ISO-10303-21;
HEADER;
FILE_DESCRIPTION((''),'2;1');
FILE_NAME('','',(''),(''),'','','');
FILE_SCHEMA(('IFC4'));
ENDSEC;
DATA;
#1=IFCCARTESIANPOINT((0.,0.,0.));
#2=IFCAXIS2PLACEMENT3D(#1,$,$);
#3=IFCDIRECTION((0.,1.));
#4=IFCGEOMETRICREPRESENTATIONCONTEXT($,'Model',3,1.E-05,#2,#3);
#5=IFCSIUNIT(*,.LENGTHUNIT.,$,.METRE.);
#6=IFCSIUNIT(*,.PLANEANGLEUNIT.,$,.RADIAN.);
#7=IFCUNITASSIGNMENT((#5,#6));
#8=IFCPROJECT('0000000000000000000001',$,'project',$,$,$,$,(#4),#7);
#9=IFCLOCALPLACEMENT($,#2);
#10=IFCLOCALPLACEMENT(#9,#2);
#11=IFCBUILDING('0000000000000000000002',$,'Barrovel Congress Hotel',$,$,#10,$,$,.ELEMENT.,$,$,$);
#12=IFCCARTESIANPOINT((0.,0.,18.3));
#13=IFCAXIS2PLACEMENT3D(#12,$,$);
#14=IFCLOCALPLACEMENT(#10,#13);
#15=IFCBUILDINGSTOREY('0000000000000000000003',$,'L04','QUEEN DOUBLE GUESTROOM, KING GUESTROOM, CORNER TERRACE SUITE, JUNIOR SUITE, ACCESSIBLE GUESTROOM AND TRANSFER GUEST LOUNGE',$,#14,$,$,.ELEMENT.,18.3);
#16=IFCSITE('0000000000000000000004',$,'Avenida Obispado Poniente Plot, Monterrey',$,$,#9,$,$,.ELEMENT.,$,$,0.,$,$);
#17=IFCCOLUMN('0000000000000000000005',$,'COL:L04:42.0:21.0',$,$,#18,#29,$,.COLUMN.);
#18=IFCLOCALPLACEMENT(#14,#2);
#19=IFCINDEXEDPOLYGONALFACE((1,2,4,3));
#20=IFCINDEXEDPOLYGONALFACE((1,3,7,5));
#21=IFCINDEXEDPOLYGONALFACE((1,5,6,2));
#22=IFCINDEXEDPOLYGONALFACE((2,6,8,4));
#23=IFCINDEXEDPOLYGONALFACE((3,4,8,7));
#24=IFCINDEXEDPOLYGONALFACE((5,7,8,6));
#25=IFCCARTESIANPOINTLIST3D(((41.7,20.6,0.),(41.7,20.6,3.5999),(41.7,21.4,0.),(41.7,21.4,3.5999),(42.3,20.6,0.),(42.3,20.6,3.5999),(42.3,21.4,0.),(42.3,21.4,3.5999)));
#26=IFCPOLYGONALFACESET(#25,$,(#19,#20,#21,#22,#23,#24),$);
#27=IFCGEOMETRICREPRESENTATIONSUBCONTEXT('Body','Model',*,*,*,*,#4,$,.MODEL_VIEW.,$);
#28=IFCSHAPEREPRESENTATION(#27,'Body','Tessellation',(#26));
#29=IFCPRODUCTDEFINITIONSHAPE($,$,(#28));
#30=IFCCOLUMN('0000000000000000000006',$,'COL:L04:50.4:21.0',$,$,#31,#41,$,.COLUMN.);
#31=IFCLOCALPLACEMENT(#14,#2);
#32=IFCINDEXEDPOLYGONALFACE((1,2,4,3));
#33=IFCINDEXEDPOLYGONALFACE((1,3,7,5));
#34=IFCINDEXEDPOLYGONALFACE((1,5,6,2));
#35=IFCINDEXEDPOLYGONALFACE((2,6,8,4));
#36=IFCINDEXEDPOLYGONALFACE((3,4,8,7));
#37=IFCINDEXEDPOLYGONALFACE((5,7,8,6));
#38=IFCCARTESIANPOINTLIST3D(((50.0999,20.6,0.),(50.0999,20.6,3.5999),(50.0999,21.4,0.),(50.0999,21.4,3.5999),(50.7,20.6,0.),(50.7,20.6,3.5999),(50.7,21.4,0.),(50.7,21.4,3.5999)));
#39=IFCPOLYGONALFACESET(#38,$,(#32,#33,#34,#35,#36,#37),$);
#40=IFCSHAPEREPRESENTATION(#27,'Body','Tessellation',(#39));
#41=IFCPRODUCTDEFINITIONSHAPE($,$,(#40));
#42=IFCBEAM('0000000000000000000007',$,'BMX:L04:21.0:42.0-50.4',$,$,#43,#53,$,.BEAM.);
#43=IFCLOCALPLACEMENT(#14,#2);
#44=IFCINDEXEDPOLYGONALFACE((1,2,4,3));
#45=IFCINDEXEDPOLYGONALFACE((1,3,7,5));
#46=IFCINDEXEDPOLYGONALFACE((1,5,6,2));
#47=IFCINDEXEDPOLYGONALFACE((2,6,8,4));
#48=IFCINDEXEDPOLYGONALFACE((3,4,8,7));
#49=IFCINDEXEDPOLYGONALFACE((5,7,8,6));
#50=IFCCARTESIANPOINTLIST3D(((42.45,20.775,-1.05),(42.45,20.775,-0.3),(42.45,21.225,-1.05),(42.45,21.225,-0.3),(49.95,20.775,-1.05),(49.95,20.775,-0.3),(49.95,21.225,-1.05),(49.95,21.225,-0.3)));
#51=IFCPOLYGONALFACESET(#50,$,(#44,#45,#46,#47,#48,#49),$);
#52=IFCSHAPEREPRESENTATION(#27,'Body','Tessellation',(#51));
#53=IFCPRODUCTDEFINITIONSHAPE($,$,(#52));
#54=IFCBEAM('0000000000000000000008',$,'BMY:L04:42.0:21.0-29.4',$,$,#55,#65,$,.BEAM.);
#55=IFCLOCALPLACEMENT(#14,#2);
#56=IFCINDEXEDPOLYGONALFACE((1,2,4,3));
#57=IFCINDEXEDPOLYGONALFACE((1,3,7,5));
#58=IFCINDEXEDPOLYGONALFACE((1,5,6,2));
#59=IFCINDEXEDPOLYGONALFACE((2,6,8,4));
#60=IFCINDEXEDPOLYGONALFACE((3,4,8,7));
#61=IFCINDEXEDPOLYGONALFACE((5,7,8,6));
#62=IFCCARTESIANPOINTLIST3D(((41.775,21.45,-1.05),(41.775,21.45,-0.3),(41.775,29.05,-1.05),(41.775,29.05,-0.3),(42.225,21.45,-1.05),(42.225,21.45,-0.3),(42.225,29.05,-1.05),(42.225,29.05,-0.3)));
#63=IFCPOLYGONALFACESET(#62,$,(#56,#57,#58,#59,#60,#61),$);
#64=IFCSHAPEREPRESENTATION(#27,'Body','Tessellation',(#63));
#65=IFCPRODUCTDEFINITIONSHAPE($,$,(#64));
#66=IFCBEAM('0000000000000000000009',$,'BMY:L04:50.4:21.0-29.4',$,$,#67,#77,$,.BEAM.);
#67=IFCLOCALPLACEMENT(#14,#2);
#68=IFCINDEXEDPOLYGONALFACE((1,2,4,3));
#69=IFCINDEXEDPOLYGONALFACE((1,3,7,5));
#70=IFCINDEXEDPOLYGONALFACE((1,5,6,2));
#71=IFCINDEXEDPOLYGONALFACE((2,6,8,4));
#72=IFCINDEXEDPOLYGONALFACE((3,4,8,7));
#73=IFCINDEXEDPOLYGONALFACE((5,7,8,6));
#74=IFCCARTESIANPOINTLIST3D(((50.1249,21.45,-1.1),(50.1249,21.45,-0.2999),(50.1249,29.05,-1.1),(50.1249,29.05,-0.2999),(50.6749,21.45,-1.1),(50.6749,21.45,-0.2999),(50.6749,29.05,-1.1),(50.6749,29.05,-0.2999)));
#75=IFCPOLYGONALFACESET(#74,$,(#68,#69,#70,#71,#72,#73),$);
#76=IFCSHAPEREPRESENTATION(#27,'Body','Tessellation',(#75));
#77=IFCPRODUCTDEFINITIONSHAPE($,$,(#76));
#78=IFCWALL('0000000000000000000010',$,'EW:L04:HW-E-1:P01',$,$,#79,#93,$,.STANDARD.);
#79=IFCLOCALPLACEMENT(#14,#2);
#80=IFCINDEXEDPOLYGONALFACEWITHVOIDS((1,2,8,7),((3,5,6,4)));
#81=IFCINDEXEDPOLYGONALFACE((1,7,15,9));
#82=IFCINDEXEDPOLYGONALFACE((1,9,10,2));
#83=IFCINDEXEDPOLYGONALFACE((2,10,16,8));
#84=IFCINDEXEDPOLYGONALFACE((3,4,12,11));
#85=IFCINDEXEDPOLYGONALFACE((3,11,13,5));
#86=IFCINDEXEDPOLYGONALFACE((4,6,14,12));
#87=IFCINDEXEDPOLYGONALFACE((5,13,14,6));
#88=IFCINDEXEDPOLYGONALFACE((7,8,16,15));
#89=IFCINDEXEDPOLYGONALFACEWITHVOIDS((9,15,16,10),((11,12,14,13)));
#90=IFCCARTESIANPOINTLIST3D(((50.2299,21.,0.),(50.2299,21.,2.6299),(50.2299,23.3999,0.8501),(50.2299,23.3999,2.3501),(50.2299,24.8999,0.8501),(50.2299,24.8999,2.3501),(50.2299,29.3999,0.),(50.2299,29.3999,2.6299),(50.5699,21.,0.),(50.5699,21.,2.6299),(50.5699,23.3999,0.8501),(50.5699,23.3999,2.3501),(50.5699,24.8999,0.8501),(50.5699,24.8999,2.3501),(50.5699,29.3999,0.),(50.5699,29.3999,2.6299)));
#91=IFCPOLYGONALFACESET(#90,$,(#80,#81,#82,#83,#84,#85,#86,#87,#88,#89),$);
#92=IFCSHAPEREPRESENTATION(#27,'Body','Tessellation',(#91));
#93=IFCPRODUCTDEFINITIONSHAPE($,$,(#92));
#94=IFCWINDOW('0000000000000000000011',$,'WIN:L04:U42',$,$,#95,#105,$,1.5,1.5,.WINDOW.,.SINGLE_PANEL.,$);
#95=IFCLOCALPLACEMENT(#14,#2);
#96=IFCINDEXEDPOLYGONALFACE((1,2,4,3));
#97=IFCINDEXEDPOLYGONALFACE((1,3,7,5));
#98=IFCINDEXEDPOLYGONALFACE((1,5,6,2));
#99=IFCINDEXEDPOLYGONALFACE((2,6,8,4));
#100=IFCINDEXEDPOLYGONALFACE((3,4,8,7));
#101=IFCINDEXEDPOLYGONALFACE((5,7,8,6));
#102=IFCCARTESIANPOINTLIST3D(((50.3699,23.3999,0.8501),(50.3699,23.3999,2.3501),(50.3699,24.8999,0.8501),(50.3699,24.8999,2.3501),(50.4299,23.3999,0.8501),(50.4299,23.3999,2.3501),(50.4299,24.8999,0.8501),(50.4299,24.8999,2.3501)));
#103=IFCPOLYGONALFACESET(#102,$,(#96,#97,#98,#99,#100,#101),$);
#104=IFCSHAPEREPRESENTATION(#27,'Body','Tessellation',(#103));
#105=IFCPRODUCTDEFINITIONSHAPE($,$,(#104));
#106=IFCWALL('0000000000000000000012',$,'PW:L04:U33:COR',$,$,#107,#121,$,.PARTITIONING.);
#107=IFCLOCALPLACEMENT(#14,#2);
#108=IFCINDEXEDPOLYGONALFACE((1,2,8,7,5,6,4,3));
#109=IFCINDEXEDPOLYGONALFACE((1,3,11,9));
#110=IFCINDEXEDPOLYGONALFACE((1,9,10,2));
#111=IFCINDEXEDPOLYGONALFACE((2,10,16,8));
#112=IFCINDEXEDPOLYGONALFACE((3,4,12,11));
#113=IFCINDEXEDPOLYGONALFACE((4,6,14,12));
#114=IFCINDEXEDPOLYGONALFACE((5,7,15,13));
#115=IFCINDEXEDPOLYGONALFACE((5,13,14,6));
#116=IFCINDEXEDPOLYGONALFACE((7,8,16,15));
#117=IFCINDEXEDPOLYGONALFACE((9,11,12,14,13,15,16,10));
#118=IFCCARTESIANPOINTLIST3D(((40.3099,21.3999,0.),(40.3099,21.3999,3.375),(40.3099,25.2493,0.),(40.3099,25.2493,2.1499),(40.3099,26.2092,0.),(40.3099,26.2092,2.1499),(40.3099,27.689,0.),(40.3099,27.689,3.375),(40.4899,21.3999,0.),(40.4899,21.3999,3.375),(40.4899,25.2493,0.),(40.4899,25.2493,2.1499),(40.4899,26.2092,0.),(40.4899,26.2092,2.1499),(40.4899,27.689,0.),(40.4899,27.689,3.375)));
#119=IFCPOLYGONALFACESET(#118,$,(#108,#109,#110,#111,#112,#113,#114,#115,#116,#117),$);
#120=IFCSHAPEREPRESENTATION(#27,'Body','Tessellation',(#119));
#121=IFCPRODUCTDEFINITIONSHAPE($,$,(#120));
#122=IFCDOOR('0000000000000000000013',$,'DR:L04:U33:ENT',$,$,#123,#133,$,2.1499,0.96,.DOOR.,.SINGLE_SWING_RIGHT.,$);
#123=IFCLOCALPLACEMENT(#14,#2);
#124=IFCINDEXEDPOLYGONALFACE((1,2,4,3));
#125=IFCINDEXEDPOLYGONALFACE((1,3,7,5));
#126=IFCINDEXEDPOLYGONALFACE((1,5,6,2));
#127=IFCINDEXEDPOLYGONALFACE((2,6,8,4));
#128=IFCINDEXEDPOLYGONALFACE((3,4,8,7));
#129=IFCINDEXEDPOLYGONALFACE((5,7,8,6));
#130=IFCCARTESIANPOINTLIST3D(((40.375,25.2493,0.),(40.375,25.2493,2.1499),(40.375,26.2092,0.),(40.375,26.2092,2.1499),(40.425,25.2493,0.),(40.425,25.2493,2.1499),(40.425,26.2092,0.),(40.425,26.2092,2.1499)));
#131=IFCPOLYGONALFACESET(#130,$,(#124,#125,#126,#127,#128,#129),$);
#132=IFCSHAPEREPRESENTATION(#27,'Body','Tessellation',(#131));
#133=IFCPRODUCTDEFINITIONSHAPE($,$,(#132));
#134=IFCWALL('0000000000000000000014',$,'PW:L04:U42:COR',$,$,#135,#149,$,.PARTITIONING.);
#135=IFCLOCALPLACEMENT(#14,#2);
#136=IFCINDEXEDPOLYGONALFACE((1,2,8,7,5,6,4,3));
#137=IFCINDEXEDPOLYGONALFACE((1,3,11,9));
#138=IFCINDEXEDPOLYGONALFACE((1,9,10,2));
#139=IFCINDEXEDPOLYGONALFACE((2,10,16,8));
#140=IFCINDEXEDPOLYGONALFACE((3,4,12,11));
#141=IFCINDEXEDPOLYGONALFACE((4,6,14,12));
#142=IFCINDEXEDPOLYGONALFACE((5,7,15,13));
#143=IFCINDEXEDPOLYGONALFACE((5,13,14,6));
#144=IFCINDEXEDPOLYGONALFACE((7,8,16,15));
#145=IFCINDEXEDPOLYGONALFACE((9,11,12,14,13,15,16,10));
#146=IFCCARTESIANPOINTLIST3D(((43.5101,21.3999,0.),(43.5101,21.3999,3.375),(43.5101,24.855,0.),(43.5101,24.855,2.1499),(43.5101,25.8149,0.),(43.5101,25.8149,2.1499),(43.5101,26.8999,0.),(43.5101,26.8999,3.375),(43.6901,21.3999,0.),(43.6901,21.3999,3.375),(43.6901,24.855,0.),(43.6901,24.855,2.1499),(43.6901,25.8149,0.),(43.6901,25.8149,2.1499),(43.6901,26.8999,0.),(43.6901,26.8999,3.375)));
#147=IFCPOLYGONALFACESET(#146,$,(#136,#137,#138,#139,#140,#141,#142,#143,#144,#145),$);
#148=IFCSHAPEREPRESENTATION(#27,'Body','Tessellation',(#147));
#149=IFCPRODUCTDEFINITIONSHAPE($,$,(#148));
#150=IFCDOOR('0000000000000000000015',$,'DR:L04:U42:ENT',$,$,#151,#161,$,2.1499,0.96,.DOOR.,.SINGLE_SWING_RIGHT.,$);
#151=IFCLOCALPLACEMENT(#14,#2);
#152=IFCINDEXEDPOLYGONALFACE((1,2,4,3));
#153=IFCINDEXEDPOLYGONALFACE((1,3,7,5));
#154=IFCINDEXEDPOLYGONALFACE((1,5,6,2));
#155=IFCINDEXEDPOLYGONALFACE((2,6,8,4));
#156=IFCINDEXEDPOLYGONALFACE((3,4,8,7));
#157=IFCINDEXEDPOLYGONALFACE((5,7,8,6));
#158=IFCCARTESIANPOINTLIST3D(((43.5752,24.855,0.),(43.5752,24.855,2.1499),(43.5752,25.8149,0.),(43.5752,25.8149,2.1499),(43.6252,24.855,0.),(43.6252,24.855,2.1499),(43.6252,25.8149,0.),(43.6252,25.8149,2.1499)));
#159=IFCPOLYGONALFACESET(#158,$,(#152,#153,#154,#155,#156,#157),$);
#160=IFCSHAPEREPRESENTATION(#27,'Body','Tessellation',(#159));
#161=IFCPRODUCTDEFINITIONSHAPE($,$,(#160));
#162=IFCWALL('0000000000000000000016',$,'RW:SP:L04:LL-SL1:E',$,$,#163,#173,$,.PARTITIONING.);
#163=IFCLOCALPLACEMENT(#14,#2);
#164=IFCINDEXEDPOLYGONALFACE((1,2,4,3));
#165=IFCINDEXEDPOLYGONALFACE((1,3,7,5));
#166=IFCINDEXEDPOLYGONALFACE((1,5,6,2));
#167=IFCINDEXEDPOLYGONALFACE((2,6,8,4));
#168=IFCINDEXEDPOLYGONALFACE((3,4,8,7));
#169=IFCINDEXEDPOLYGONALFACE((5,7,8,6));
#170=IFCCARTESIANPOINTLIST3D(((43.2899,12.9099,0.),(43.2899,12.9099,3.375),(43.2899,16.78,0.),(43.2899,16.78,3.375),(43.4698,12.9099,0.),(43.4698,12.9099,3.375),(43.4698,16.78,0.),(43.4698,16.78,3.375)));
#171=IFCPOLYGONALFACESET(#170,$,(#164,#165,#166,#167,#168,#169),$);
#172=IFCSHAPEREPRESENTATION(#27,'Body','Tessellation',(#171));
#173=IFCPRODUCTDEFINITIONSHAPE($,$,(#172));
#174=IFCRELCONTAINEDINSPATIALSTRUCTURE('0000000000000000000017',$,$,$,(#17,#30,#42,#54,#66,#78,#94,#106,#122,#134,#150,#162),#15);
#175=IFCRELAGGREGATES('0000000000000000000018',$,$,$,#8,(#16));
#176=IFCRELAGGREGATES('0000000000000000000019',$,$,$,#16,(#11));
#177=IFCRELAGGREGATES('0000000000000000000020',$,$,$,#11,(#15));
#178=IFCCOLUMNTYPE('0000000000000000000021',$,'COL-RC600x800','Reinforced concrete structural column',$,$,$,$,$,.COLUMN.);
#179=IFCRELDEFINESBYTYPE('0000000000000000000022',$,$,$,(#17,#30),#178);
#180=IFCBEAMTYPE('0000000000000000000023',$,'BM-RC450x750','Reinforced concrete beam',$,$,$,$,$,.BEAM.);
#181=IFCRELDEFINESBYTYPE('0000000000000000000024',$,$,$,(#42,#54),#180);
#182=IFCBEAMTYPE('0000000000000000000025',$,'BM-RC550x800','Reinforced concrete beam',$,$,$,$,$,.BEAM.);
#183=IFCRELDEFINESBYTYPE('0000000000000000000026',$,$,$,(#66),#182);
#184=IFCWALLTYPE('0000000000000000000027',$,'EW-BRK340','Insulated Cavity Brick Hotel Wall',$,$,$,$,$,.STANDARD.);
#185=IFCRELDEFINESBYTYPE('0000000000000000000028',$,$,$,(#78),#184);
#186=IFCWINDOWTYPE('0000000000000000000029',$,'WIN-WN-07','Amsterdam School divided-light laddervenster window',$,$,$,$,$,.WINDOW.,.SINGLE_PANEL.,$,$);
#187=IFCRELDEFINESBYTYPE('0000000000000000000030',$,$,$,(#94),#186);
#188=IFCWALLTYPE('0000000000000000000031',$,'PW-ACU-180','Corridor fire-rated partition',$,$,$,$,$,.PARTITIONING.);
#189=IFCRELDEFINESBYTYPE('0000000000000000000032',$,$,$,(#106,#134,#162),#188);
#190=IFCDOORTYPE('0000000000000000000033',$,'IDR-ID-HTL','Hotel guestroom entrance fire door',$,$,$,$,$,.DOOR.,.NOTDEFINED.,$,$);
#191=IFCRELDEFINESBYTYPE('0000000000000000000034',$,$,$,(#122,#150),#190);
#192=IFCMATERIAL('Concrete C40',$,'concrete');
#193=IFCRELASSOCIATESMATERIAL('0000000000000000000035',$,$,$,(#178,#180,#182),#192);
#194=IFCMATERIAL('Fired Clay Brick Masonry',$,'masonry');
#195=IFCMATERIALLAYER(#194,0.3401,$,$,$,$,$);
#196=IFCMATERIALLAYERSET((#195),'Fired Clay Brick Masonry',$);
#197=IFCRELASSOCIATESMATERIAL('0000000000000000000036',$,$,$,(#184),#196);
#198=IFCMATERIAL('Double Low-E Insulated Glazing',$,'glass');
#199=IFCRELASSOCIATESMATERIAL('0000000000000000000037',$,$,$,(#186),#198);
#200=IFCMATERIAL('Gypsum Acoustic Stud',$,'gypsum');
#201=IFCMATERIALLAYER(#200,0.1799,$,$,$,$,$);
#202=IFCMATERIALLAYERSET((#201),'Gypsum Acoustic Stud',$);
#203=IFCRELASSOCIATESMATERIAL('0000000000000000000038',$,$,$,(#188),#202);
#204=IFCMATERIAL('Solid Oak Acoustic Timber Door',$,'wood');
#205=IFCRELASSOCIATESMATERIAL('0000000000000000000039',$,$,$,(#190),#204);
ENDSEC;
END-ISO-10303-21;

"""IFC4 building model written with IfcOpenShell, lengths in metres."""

from ifc_helpers import new_model, si_unit, direction, frame, frame_2d, origin, origin_2d, place, context, subcontext, project, spatial, rectangle, extrude, material, layer, layer_set, material_profile, profile_set, type_object, element, fill, save


model = new_model("IFC4")

# Units and contexts
model_context = context("Model", 3, precision=1e-05, world=origin(), true_north=direction((0.0, 1.0)))
body_context = subcontext(model_context, "Body", "Model", "MODEL_VIEW")
ifc_project = project(units=[si_unit("LENGTHUNIT", "METRE"), si_unit("PLANEANGLEUNIT", "RADIAN")], contexts=[model_context])

# Site, building, storey
site_placement = place(None, origin())
site = spatial("IfcSite", under=ifc_project, at=site_placement, Name="Avenida Obispado Poniente Plot, Monterrey", CompositionType="ELEMENT", RefElevation=0.0)
building_placement = place(site_placement, origin())
building = spatial("IfcBuilding", under=site, at=building_placement, Name="Barrovel Congress Hotel", CompositionType="ELEMENT")
storey_placement = place(building_placement, frame((0.0, 0.0, 18.3)))
storey = spatial("IfcBuildingStorey", under=building, at=storey_placement, Name="L04", Description="QUEEN DOUBLE GUESTROOM, KING GUESTROOM, CORNER TERRACE SUITE, JUNIOR SUITE, ACCESSIBLE GUESTROOM AND TRANSFER GUEST LOUNGE", CompositionType="ELEMENT", Elevation=18.3)

# Columns
ifc_material_1 = material(Name="Concrete C40", Category="concrete")
ifc_material_profile_1 = material_profile(ifc_material_1, rectangle(XDim=0.6001, YDim=0.8, at=origin_2d()), Name="RC600x800")
ifc_profile_set_1 = profile_set([ifc_material_profile_1], Name="Concrete C40")
column_type = type_object("IfcColumnType", Name="COL-RC600x800", Description="Reinforced concrete structural column", PredefinedType="COLUMN", material=ifc_profile_set_1)
for number, where, z_axis, x_axis, name in (
    (1, (42.0, 21.0, 0.0), (0.0, 0.0, 1.0), (1.0, 0.0, 0.0), "COL:L04:42.0:21.0"),
    (2, (50.3999, 21.0, 0.0), (0.0, 0.0, 1.0), (1.0, 0.0, 0.0), "COL:L04:50.4:21.0"),
):
    element("IfcColumn", number, at=place(storey_placement, frame(where, z_axis=z_axis, x_axis=x_axis)), inside=storey, type_object=column_type, Name=name, PredefinedType="COLUMN", context=body_context, shape_type="SweptSolid", body=[
        extrude(rectangle(XDim=0.6001, YDim=0.8, at=origin_2d()), origin(), (0.0, 0.0, 1.0), 3.5999),
    ])

# Beams
ifc_material_profile_2 = material_profile(ifc_material_1, rectangle(XDim=0.45, YDim=0.75, at=origin_2d()), Name="RC450x750")
ifc_profile_set_2 = profile_set([ifc_material_profile_2], Name="Concrete C40")
beam_type_1 = type_object("IfcBeamType", Name="BM-RC450x750", Description="Reinforced concrete beam", PredefinedType="BEAM", material=ifc_profile_set_2)
beam_1_placement = place(storey_placement, frame((42.45, 21.0, -0.675), z_axis=(1.0, 0.0, 0.0), x_axis=(0.0, 1.0, 0.0)))
element("IfcBeam", 3, at=beam_1_placement, inside=storey, type_object=beam_type_1, Name="BMX:L04:21.0:42.0-50.4", PredefinedType="BEAM", context=body_context, shape_type="SweptSolid", body=[
    extrude(rectangle(XDim=0.45, YDim=0.75, at=origin_2d()), origin(), (0.0, 0.0, 1.0), 7.5),
])
beam_2_placement = place(storey_placement, frame((42.0, 21.45, -0.675), z_axis=(0.0, 1.0, 0.0), x_axis=(-1.0, 0.0, 0.0)))
element("IfcBeam", 4, at=beam_2_placement, inside=storey, type_object=beam_type_1, Name="BMY:L04:42.0:21.0-29.4", PredefinedType="BEAM", context=body_context, shape_type="SweptSolid", body=[
    extrude(rectangle(XDim=0.45, YDim=0.75, at=origin_2d()), origin(), (0.0, 0.0, 1.0), 7.6001),
])
ifc_material_profile_3 = material_profile(ifc_material_1, rectangle(XDim=0.55, YDim=0.8, at=origin_2d()), Name="RC550x800")
ifc_profile_set_3 = profile_set([ifc_material_profile_3], Name="Concrete C40")
beam_type_2 = type_object("IfcBeamType", Name="BM-RC550x800", Description="Reinforced concrete beam", PredefinedType="BEAM", material=ifc_profile_set_3)
beam_3_placement = place(storey_placement, frame((50.3999, 21.45, -0.7), z_axis=(0.0, 1.0, 0.0), x_axis=(-1.0, 0.0, 0.0)))
element("IfcBeam", 5, at=beam_3_placement, inside=storey, type_object=beam_type_2, Name="BMY:L04:50.4:21.0-29.4", PredefinedType="BEAM", context=body_context, shape_type="SweptSolid", body=[
    extrude(rectangle(XDim=0.55, YDim=0.8, at=origin_2d()), origin(), (0.0, 0.0, 1.0), 7.6001),
])

# Wall, opening, window
ifc_material_2 = material(Name="Fired Clay Brick Masonry", Category="masonry")
ifc_layer_1 = layer(ifc_material_2, 0.3401)
ifc_layer_set_1 = layer_set([ifc_layer_1], Name="Fired Clay Brick Masonry")
wall_type_1 = type_object("IfcWallType", Name="EW-BRK340", Description="Insulated Cavity Brick Hotel Wall", PredefinedType="STANDARD", material=ifc_layer_set_1)
wall_1_placement = place(storey_placement, frame((50.3999, 21.0, 0.0), z_axis=(0.0, 0.0, 1.0), x_axis=(0.0, 1.0, 0.0)))
wall_1 = element("IfcWall", 6, at=wall_1_placement, inside=storey, type_object=wall_type_1, Name="EW:L04:HW-E-1:P01", PredefinedType="STANDARD", context=body_context, shape_type="SweptSolid", body=[
    extrude(rectangle(XDim=8.3999, YDim=0.3401, at=frame_2d((4.2, 0.0))), origin(), (0.0, 0.0, 1.0), 2.6299),
])
opening_1_placement = place(wall_1_placement, frame((2.3999, 0.0, 0.8501)))
opening_1 = element("IfcOpeningElement", 7, at=opening_1_placement, cuts=wall_1, PredefinedType="OPENING", context=body_context, shape_type="SweptSolid", body=[
    extrude(rectangle(XDim=1.5, YDim=1.5, at=frame_2d((0.75, 0.75))), frame((0.0, 0.1802, 0.0), z_axis=(0.0, -1.0, 0.0), x_axis=(1.0, 0.0, 0.0)), (0.0, 0.0, 1.0), 0.3601),
])
ifc_material_3 = material(Name="Double Low-E Insulated Glazing", Category="glass")
window_type = type_object("IfcWindowType", Name="WIN-WN-07", Description="Amsterdam School divided-light laddervenster window", PartitioningType="SINGLE_PANEL", PredefinedType="WINDOW", material=ifc_material_3)
window_placement = place(opening_1_placement, origin())
window = element("IfcWindow", 8, at=window_placement, inside=storey, type_object=window_type, Name="WIN:L04:U42", OverallHeight=1.5, OverallWidth=1.5, PartitioningType="SINGLE_PANEL", PredefinedType="WINDOW", context=body_context, shape_type="SweptSolid", body=[
    extrude(rectangle(XDim=1.5, YDim=1.5, at=frame_2d((0.75, 0.75))), frame((0.0, 0.03, 0.0), z_axis=(0.0, -1.0, 0.0), x_axis=(1.0, 0.0, 0.0)), (0.0, 0.0, 1.0), 0.0601),
])
fill(opening_1, window)

# Walls, openings, doors
ifc_material_4 = material(Name="Gypsum Acoustic Stud", Category="gypsum")
ifc_layer_2 = layer(ifc_material_4, 0.1799)
ifc_layer_set_2 = layer_set([ifc_layer_2], Name="Gypsum Acoustic Stud")
wall_type_2 = type_object("IfcWallType", Name="PW-ACU-180", Description="Corridor fire-rated partition", PredefinedType="PARTITIONING", material=ifc_layer_set_2)
wall_2_placement = place(storey_placement, frame((40.3999, 21.3999, 0.0), z_axis=(0.0, 0.0, 1.0), x_axis=(0.0, 1.0, 0.0)))
wall_2 = element("IfcWall", 9, at=wall_2_placement, inside=storey, type_object=wall_type_2, Name="PW:L04:U33:COR", PredefinedType="PARTITIONING", context=body_context, shape_type="SweptSolid", body=[
    extrude(rectangle(XDim=6.2891, YDim=0.1799, at=frame_2d((3.1445, 0.0))), origin(), (0.0, 0.0, 1.0), 3.375),
])
opening_2_placement = place(wall_2_placement, frame((3.8494, 0.0, 0.0)))
opening_2 = element("IfcOpeningElement", 10, at=opening_2_placement, cuts=wall_2, PredefinedType="OPENING", context=body_context, shape_type="SweptSolid", body=[
    extrude(rectangle(XDim=0.96, YDim=2.1499, at=frame_2d((0.48, 1.075))), frame((0.0, 0.1001, 0.0), z_axis=(0.0, -1.0, 0.0), x_axis=(1.0, 0.0, 0.0)), (0.0, 0.0, 1.0), 0.2),
])
ifc_material_5 = material(Name="Solid Oak Acoustic Timber Door", Category="wood")
door_type_1 = type_object("IfcDoorType", Name="IDR-ID-HTL", Description="Hotel guestroom entrance fire door", OperationType="NOTDEFINED", PredefinedType="DOOR", material=ifc_material_5)
door_1_placement = place(opening_2_placement, origin())
door_1 = element("IfcDoor", 11, at=door_1_placement, inside=storey, type_object=door_type_1, Name="DR:L04:U33:ENT", OperationType="SINGLE_SWING_RIGHT", OverallHeight=2.1499, OverallWidth=0.96, PredefinedType="DOOR", context=body_context, shape_type="SweptSolid", body=[
    extrude(rectangle(XDim=0.96, YDim=2.1499, at=frame_2d((0.48, 1.075))), frame((0.0, 0.0249, 0.0), z_axis=(0.0, -1.0, 0.0), x_axis=(1.0, 0.0, 0.0)), (0.0, 0.0, 1.0), 0.05),
])
fill(opening_2, door_1)
wall_3_placement = place(storey_placement, frame((43.6001, 21.3999, 0.0), z_axis=(0.0, 0.0, 1.0), x_axis=(0.0, 1.0, 0.0)))
wall_3 = element("IfcWall", 12, at=wall_3_placement, inside=storey, type_object=wall_type_2, Name="PW:L04:U42:COR", PredefinedType="PARTITIONING", context=body_context, shape_type="SweptSolid", body=[
    extrude(rectangle(XDim=5.5, YDim=0.1799, at=frame_2d((2.75, 0.0))), origin(), (0.0, 0.0, 1.0), 3.375),
])
opening_3_placement = place(wall_3_placement, frame((3.4551, 0.0, 0.0)))
opening_3 = element("IfcOpeningElement", 13, at=opening_3_placement, cuts=wall_3, PredefinedType="OPENING", context=body_context, shape_type="SweptSolid", body=[
    extrude(rectangle(XDim=0.96, YDim=2.1499, at=frame_2d((0.48, 1.075))), frame((0.0, 0.1001, 0.0), z_axis=(0.0, -1.0, 0.0), x_axis=(1.0, 0.0, 0.0)), (0.0, 0.0, 1.0), 0.2),
])
door_2_placement = place(opening_3_placement, origin())
door_2 = element("IfcDoor", 14, at=door_2_placement, inside=storey, type_object=door_type_1, Name="DR:L04:U42:ENT", OperationType="SINGLE_SWING_RIGHT", OverallHeight=2.1499, OverallWidth=0.96, PredefinedType="DOOR", context=body_context, shape_type="SweptSolid", body=[
    extrude(rectangle(XDim=0.96, YDim=2.1499, at=frame_2d((0.48, 1.075))), frame((0.0, 0.0249, 0.0), z_axis=(0.0, -1.0, 0.0), x_axis=(1.0, 0.0, 0.0)), (0.0, 0.0, 1.0), 0.05),
])
fill(opening_3, door_2)

# Wall
wall_4_placement = place(storey_placement, frame((43.3799, 12.9099, 0.0), z_axis=(0.0, 0.0, 1.0), x_axis=(0.0, 1.0, 0.0)))
element("IfcWall", 15, at=wall_4_placement, inside=storey, type_object=wall_type_2, Name="RW:SP:L04:LL-SL1:E", PredefinedType="PARTITIONING", context=body_context, shape_type="SweptSolid", body=[
    extrude(rectangle(XDim=3.8701, YDim=0.1799, at=frame_2d((1.9351, 0.0))), origin(), (0.0, 0.0, 1.0), 3.375),
])

save(model, "model.ifc")
